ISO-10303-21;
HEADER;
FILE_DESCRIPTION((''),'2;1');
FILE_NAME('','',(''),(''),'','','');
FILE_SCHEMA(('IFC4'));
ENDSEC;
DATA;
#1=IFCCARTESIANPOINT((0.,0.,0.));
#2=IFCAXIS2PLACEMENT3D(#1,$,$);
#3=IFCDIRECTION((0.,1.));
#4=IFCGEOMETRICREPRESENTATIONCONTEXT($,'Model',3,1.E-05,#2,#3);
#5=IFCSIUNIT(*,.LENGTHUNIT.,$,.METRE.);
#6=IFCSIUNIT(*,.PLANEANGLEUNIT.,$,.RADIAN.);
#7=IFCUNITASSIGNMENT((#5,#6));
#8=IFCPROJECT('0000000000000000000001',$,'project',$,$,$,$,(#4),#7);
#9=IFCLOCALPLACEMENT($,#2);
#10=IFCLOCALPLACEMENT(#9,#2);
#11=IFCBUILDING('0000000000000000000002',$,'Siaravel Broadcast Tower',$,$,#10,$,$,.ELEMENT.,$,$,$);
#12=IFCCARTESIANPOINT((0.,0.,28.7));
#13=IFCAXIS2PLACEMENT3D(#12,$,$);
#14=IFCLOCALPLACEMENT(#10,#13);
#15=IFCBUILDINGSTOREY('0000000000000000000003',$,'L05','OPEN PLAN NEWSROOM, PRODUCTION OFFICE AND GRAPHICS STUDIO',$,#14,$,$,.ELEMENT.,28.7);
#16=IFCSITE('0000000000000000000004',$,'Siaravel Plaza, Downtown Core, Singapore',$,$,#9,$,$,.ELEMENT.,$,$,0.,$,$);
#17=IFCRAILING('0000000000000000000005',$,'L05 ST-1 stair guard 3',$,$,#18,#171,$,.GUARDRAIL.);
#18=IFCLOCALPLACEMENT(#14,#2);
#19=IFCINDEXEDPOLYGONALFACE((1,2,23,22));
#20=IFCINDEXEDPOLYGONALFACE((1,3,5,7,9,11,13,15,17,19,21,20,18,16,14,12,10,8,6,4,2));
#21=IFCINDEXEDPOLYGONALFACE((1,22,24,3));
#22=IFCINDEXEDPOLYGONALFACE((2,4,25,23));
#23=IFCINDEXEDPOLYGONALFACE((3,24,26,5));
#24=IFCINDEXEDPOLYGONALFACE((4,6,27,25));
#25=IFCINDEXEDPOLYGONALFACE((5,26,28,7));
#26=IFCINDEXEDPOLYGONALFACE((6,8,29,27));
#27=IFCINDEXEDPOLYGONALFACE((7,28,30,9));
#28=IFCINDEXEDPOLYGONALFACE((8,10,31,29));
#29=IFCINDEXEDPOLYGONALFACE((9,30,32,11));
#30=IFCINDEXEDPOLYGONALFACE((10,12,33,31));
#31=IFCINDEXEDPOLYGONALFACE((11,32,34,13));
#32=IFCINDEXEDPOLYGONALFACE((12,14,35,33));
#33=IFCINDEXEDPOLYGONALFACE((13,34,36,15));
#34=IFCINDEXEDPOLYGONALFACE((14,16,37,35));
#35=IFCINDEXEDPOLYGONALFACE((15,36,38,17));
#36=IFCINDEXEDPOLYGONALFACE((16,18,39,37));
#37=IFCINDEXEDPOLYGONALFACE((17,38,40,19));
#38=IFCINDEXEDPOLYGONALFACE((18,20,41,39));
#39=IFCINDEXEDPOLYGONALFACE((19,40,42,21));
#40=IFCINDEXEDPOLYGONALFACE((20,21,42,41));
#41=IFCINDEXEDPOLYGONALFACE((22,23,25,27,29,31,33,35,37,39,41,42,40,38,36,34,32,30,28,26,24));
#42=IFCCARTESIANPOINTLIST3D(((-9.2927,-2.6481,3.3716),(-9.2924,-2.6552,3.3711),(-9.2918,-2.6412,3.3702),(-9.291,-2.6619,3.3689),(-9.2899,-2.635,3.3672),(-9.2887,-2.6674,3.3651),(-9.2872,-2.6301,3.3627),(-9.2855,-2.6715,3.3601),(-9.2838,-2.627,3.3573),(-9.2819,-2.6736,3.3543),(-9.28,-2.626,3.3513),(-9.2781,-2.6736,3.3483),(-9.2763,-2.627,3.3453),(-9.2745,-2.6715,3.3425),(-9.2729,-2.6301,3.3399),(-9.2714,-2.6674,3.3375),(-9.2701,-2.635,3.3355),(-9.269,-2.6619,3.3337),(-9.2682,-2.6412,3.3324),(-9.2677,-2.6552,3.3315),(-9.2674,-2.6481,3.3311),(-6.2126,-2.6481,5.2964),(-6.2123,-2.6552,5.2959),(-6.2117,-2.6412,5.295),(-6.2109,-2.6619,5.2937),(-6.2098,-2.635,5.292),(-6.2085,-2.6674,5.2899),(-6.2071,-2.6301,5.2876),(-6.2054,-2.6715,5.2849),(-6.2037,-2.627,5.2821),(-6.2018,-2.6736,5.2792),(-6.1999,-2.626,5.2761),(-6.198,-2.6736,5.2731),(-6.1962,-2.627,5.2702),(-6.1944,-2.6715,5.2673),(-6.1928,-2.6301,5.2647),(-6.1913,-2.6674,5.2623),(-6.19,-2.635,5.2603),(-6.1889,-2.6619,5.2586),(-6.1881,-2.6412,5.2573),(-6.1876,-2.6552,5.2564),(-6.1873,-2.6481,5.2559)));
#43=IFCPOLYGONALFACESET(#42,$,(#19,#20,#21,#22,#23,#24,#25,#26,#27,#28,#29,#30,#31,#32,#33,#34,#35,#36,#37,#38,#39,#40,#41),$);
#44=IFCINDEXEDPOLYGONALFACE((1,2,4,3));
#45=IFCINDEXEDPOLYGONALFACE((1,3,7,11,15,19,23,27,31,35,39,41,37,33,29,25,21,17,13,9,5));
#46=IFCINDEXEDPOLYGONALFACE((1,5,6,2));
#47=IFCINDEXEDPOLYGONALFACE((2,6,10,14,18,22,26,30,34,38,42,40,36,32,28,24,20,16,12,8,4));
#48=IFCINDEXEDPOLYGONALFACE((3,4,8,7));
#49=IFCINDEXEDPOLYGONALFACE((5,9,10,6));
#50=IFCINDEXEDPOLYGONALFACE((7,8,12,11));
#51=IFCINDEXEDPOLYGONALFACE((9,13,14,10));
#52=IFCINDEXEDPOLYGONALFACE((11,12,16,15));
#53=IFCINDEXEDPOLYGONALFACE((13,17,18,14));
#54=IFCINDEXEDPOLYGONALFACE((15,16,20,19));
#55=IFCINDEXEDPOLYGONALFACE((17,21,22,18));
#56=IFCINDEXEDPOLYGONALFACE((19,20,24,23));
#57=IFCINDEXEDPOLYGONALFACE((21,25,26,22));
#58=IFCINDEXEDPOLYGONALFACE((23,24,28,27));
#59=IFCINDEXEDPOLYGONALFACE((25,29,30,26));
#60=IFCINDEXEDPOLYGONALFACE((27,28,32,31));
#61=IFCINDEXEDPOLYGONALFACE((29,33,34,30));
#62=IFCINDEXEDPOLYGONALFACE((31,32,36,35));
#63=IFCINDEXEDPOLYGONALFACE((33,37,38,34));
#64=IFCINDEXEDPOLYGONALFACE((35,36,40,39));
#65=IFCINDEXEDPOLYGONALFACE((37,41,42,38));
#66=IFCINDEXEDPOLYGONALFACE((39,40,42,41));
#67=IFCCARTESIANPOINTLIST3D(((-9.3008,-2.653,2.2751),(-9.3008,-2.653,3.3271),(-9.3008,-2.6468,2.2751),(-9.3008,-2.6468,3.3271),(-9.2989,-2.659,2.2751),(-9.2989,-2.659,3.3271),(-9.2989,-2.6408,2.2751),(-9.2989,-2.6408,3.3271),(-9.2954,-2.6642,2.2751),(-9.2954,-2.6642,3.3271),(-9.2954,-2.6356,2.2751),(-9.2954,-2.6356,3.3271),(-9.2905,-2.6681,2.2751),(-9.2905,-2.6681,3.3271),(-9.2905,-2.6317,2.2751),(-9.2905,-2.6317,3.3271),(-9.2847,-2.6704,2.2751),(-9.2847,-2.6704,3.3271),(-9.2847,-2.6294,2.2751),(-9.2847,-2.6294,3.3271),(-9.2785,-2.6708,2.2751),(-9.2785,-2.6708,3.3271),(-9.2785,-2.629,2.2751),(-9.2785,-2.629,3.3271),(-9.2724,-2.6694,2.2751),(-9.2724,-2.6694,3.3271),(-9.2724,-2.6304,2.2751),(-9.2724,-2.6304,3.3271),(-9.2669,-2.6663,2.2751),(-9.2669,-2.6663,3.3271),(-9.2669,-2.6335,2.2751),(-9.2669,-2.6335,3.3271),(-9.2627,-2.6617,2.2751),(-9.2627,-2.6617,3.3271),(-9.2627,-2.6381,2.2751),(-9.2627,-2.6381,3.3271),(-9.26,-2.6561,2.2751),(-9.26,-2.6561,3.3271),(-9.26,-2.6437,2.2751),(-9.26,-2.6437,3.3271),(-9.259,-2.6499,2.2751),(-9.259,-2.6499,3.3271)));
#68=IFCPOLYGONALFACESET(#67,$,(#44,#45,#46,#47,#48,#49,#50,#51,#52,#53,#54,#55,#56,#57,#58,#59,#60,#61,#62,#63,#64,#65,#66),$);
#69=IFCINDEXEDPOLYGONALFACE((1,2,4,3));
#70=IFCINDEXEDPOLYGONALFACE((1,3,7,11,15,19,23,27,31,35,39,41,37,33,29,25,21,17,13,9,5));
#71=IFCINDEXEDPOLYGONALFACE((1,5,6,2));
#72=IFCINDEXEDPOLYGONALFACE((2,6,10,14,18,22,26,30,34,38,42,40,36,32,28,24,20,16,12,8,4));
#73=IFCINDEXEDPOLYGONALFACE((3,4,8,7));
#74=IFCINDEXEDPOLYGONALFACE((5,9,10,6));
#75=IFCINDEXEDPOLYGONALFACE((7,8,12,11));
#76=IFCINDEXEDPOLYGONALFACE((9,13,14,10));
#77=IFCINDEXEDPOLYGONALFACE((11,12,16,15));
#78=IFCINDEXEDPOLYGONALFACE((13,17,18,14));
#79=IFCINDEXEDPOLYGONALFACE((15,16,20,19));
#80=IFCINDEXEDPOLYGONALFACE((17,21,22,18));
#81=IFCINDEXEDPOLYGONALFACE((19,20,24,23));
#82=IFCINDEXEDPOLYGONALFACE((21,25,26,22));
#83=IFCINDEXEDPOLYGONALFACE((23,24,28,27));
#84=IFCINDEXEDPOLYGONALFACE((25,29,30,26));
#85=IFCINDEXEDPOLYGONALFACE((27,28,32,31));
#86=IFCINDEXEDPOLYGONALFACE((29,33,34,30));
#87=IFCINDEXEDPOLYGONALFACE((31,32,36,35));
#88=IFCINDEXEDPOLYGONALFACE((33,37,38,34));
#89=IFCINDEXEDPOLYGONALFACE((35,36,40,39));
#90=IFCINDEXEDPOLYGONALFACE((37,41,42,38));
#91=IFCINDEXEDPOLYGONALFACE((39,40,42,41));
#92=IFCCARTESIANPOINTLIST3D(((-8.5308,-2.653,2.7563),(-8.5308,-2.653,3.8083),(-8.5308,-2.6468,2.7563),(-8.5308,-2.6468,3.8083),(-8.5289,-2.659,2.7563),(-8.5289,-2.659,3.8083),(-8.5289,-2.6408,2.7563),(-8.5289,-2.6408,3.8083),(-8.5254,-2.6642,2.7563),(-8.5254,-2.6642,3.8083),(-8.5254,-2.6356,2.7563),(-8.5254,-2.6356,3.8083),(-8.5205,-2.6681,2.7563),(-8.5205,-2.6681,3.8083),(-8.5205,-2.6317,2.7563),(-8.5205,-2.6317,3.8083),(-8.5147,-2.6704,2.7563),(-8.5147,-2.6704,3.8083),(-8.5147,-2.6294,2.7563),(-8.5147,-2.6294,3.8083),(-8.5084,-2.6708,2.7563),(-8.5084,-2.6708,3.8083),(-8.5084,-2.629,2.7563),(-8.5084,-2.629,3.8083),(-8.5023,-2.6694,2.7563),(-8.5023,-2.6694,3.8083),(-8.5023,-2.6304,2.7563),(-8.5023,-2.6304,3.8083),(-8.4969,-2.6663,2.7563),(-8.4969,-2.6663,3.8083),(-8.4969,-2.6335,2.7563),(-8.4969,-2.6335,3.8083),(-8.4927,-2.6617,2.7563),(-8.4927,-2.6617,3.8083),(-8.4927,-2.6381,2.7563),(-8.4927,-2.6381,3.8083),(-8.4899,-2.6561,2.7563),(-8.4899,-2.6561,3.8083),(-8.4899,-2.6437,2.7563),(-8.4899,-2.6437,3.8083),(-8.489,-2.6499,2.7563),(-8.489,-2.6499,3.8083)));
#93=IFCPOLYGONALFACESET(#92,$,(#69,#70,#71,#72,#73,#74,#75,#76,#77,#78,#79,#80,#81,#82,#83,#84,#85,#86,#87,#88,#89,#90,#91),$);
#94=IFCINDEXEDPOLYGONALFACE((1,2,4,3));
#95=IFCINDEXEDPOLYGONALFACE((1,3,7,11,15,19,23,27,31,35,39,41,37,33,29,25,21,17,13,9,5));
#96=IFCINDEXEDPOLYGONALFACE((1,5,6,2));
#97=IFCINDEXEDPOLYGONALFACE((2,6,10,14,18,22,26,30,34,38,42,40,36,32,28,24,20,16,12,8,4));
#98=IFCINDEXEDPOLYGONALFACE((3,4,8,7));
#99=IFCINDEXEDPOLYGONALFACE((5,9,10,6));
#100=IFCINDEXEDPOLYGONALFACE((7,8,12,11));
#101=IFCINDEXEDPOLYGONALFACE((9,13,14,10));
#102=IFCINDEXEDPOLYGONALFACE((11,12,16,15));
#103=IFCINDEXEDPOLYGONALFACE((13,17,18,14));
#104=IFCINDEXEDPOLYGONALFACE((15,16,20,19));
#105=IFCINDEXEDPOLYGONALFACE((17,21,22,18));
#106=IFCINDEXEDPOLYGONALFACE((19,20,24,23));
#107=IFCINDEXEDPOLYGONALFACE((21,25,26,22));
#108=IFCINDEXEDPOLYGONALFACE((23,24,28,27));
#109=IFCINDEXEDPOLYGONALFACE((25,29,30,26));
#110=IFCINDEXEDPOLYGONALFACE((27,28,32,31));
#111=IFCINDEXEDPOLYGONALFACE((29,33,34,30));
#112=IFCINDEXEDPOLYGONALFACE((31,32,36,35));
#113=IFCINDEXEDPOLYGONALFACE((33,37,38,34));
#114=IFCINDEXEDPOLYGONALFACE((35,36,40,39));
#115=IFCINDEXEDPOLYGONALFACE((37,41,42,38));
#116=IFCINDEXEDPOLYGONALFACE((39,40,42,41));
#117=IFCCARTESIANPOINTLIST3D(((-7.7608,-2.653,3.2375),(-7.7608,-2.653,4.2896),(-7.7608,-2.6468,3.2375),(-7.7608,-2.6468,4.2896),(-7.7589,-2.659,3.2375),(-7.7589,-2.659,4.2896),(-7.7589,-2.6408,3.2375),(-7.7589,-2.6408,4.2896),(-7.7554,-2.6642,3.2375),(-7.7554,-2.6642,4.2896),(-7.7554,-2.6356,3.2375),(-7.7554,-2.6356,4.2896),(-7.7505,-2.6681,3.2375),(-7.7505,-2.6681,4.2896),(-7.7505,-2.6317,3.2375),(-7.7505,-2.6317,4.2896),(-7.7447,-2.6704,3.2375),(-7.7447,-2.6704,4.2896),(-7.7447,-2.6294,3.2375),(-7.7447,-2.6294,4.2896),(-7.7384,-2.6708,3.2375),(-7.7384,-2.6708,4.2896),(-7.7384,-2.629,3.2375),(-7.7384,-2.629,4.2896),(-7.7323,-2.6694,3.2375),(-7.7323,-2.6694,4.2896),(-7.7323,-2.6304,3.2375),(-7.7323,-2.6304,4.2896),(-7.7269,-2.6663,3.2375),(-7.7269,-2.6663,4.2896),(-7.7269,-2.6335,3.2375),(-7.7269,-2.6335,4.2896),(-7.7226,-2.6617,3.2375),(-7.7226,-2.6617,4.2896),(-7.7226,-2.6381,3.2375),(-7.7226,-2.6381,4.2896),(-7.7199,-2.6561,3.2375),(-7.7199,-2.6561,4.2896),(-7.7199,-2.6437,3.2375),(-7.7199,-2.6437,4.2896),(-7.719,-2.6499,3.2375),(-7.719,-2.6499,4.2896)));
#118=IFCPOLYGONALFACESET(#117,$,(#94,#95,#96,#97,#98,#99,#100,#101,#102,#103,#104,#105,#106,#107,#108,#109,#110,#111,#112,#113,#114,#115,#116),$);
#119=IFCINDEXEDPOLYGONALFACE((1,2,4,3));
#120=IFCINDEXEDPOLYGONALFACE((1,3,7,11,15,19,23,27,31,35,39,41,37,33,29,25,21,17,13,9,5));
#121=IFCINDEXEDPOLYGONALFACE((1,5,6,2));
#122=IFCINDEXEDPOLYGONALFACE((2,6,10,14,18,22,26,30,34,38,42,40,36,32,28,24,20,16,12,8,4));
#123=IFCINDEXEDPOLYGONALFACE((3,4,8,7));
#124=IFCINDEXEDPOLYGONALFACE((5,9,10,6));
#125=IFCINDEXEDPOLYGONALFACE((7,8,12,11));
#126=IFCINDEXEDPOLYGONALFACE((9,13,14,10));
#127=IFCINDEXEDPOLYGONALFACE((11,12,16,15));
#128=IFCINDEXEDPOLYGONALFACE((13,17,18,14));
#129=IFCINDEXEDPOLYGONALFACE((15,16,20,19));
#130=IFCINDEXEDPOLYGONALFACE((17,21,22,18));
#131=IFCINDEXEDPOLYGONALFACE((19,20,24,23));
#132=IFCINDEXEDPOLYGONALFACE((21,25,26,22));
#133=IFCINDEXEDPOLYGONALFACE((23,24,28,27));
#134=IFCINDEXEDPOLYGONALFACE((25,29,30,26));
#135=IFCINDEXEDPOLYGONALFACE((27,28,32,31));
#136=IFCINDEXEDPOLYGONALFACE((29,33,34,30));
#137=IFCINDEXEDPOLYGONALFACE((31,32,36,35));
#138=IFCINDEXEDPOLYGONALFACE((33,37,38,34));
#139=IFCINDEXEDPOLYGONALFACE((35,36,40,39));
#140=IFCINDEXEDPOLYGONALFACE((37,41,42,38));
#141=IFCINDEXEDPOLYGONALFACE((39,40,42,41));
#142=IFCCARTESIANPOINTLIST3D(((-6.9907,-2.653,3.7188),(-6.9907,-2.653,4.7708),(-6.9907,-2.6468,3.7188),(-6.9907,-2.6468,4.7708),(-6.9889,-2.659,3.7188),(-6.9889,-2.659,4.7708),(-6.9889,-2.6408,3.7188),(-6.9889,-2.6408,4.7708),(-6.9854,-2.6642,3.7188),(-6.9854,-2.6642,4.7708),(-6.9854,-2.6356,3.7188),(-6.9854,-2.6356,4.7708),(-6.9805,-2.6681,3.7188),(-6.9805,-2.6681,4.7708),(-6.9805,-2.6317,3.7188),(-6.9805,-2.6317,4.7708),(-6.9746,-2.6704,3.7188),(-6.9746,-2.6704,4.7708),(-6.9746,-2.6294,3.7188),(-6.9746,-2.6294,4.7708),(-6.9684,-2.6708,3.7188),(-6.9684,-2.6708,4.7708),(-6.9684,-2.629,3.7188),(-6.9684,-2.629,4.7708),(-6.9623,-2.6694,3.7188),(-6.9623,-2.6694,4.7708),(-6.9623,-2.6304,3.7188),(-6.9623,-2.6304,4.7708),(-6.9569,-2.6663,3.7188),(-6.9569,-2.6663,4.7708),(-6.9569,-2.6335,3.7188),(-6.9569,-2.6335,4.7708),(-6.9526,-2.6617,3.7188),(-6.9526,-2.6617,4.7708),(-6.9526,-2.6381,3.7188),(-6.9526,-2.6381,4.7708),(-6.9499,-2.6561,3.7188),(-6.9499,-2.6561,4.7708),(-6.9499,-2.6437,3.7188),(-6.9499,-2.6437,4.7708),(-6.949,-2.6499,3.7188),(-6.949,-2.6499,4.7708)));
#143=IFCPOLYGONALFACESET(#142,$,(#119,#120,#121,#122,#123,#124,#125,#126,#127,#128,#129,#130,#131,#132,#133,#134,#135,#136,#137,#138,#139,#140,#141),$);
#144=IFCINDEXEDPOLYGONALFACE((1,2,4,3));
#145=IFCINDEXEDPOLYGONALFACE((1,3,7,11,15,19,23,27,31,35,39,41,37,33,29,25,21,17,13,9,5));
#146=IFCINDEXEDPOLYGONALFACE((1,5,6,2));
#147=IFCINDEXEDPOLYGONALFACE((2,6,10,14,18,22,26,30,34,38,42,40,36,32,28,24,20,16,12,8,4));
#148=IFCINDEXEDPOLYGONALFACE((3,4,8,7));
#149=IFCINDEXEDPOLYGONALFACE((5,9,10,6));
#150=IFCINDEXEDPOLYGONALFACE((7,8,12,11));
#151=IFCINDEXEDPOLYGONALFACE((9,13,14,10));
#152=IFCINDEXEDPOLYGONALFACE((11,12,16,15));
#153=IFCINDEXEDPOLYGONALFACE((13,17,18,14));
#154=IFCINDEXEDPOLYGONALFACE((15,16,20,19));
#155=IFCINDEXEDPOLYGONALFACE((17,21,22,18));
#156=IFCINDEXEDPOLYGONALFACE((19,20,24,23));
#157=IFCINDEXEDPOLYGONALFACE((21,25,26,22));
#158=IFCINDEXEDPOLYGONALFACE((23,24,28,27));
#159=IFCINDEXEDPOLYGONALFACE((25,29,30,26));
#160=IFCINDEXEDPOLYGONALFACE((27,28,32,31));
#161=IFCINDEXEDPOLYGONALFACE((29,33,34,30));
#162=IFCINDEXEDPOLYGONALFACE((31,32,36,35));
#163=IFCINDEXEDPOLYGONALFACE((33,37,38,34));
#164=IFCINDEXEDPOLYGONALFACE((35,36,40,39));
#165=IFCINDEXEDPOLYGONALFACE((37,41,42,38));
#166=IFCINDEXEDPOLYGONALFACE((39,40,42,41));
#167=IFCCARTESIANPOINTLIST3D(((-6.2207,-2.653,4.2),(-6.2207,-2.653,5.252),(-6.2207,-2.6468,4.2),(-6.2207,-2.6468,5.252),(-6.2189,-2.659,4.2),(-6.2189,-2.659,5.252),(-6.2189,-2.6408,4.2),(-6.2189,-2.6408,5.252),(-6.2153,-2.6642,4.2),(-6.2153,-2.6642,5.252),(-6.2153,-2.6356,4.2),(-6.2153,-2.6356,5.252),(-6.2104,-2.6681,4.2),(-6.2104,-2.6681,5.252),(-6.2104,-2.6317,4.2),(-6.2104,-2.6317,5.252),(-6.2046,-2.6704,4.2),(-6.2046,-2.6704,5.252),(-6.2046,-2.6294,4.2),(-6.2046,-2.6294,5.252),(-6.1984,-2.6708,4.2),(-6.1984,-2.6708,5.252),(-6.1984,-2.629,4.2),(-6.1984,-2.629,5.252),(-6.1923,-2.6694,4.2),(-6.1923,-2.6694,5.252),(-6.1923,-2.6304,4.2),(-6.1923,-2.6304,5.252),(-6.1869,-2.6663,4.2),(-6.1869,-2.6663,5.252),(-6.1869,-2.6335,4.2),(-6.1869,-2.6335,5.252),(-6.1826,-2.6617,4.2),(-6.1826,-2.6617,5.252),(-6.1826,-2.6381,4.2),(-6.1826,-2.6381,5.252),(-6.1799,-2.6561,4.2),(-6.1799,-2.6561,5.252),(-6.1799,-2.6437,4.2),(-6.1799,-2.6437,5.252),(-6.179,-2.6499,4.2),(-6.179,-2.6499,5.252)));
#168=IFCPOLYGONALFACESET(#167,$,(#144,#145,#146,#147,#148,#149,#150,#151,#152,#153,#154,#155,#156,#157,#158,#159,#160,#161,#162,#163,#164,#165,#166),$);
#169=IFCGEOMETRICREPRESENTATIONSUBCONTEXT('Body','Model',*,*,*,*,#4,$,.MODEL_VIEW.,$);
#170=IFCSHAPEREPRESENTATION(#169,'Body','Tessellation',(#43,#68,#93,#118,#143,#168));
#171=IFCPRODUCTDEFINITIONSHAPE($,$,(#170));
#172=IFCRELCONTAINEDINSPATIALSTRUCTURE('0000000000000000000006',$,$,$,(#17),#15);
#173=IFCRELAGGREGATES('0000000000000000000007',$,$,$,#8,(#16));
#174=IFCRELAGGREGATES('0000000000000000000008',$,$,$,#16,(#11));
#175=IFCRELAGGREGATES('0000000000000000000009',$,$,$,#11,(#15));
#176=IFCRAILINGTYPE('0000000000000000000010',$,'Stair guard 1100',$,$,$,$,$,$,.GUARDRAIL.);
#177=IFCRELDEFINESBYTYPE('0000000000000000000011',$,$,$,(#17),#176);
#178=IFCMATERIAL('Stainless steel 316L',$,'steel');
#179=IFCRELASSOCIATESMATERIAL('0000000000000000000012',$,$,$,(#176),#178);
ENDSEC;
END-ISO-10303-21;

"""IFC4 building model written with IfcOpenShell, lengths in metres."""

from ifc_helpers import new_model, si_unit, direction, frame, origin, origin_2d, place, context, subcontext, project, spatial, circle, extrude, material, type_object, element, save


model = new_model("IFC4")

# Units and contexts
model_context = context("Model", 3, precision=1e-05, world=origin(), true_north=direction((0.0, 1.0)))
body_context = subcontext(model_context, "Body", "Model", "MODEL_VIEW")
ifc_project = project(units=[si_unit("LENGTHUNIT", "METRE"), si_unit("PLANEANGLEUNIT", "RADIAN")], contexts=[model_context])

# Site, building, storey
site_placement = place(None, origin())
site = spatial("IfcSite", under=ifc_project, at=site_placement, Name="Siaravel Plaza, Downtown Core, Singapore", CompositionType="ELEMENT", RefElevation=0.0)
building_placement = place(site_placement, origin())
building = spatial("IfcBuilding", under=site, at=building_placement, Name="Siaravel Broadcast Tower", CompositionType="ELEMENT")
storey_placement = place(building_placement, frame((0.0, 0.0, 28.7)))
storey = spatial("IfcBuildingStorey", under=building, at=storey_placement, Name="L05", Description="OPEN PLAN NEWSROOM, PRODUCTION OFFICE AND GRAPHICS STUDIO", CompositionType="ELEMENT", Elevation=28.7)

# Shared definitions
ifc_material_1 = material(Name="Stainless steel 316L", Category="steel")

# Railing
railing_type_1 = type_object("IfcRailingType", Name="Stair guard 1100", PredefinedType="GUARDRAIL", material=ifc_material_1)
railing_1_placement = place(storey_placement, frame((-9.28, -2.6499, 2.2751)))
element("IfcRailing", 1, at=railing_1_placement, inside=storey, type_object=railing_type_1, Name="L05 ST-1 stair guard 3", PredefinedType="GUARDRAIL", context=body_context, shape_type="SweptSolid", body=[
    extrude(circle(Radius=0.0239, at=origin_2d()), frame((0.0, 0.0, 1.0762), z_axis=(0.848029, 0.0, 0.529951), x_axis=(0.0, 1.0, 0.0)), (0.0, 0.0, 1.0), 3.6321),
    extrude(circle(Radius=0.021, at=origin_2d()), origin(), (0.0, 0.0, 1.0), 1.052),
    extrude(circle(Radius=0.021, at=origin_2d()), frame((0.77, 0.0, 0.4812)), (0.0, 0.0, 1.0), 1.052),
    extrude(circle(Radius=0.021, at=origin_2d()), frame((1.54, 0.0, 0.9624)), (0.0, 0.0, 1.0), 1.052),
    extrude(circle(Radius=0.021, at=origin_2d()), frame((2.3101, 0.0, 1.4436)), (0.0, 0.0, 1.0), 1.052),
    extrude(circle(Radius=0.021, at=origin_2d()), frame((3.0801, 0.0, 1.9248)), (0.0, 0.0, 1.0), 1.052),
])

save(model, "model.ifc")
